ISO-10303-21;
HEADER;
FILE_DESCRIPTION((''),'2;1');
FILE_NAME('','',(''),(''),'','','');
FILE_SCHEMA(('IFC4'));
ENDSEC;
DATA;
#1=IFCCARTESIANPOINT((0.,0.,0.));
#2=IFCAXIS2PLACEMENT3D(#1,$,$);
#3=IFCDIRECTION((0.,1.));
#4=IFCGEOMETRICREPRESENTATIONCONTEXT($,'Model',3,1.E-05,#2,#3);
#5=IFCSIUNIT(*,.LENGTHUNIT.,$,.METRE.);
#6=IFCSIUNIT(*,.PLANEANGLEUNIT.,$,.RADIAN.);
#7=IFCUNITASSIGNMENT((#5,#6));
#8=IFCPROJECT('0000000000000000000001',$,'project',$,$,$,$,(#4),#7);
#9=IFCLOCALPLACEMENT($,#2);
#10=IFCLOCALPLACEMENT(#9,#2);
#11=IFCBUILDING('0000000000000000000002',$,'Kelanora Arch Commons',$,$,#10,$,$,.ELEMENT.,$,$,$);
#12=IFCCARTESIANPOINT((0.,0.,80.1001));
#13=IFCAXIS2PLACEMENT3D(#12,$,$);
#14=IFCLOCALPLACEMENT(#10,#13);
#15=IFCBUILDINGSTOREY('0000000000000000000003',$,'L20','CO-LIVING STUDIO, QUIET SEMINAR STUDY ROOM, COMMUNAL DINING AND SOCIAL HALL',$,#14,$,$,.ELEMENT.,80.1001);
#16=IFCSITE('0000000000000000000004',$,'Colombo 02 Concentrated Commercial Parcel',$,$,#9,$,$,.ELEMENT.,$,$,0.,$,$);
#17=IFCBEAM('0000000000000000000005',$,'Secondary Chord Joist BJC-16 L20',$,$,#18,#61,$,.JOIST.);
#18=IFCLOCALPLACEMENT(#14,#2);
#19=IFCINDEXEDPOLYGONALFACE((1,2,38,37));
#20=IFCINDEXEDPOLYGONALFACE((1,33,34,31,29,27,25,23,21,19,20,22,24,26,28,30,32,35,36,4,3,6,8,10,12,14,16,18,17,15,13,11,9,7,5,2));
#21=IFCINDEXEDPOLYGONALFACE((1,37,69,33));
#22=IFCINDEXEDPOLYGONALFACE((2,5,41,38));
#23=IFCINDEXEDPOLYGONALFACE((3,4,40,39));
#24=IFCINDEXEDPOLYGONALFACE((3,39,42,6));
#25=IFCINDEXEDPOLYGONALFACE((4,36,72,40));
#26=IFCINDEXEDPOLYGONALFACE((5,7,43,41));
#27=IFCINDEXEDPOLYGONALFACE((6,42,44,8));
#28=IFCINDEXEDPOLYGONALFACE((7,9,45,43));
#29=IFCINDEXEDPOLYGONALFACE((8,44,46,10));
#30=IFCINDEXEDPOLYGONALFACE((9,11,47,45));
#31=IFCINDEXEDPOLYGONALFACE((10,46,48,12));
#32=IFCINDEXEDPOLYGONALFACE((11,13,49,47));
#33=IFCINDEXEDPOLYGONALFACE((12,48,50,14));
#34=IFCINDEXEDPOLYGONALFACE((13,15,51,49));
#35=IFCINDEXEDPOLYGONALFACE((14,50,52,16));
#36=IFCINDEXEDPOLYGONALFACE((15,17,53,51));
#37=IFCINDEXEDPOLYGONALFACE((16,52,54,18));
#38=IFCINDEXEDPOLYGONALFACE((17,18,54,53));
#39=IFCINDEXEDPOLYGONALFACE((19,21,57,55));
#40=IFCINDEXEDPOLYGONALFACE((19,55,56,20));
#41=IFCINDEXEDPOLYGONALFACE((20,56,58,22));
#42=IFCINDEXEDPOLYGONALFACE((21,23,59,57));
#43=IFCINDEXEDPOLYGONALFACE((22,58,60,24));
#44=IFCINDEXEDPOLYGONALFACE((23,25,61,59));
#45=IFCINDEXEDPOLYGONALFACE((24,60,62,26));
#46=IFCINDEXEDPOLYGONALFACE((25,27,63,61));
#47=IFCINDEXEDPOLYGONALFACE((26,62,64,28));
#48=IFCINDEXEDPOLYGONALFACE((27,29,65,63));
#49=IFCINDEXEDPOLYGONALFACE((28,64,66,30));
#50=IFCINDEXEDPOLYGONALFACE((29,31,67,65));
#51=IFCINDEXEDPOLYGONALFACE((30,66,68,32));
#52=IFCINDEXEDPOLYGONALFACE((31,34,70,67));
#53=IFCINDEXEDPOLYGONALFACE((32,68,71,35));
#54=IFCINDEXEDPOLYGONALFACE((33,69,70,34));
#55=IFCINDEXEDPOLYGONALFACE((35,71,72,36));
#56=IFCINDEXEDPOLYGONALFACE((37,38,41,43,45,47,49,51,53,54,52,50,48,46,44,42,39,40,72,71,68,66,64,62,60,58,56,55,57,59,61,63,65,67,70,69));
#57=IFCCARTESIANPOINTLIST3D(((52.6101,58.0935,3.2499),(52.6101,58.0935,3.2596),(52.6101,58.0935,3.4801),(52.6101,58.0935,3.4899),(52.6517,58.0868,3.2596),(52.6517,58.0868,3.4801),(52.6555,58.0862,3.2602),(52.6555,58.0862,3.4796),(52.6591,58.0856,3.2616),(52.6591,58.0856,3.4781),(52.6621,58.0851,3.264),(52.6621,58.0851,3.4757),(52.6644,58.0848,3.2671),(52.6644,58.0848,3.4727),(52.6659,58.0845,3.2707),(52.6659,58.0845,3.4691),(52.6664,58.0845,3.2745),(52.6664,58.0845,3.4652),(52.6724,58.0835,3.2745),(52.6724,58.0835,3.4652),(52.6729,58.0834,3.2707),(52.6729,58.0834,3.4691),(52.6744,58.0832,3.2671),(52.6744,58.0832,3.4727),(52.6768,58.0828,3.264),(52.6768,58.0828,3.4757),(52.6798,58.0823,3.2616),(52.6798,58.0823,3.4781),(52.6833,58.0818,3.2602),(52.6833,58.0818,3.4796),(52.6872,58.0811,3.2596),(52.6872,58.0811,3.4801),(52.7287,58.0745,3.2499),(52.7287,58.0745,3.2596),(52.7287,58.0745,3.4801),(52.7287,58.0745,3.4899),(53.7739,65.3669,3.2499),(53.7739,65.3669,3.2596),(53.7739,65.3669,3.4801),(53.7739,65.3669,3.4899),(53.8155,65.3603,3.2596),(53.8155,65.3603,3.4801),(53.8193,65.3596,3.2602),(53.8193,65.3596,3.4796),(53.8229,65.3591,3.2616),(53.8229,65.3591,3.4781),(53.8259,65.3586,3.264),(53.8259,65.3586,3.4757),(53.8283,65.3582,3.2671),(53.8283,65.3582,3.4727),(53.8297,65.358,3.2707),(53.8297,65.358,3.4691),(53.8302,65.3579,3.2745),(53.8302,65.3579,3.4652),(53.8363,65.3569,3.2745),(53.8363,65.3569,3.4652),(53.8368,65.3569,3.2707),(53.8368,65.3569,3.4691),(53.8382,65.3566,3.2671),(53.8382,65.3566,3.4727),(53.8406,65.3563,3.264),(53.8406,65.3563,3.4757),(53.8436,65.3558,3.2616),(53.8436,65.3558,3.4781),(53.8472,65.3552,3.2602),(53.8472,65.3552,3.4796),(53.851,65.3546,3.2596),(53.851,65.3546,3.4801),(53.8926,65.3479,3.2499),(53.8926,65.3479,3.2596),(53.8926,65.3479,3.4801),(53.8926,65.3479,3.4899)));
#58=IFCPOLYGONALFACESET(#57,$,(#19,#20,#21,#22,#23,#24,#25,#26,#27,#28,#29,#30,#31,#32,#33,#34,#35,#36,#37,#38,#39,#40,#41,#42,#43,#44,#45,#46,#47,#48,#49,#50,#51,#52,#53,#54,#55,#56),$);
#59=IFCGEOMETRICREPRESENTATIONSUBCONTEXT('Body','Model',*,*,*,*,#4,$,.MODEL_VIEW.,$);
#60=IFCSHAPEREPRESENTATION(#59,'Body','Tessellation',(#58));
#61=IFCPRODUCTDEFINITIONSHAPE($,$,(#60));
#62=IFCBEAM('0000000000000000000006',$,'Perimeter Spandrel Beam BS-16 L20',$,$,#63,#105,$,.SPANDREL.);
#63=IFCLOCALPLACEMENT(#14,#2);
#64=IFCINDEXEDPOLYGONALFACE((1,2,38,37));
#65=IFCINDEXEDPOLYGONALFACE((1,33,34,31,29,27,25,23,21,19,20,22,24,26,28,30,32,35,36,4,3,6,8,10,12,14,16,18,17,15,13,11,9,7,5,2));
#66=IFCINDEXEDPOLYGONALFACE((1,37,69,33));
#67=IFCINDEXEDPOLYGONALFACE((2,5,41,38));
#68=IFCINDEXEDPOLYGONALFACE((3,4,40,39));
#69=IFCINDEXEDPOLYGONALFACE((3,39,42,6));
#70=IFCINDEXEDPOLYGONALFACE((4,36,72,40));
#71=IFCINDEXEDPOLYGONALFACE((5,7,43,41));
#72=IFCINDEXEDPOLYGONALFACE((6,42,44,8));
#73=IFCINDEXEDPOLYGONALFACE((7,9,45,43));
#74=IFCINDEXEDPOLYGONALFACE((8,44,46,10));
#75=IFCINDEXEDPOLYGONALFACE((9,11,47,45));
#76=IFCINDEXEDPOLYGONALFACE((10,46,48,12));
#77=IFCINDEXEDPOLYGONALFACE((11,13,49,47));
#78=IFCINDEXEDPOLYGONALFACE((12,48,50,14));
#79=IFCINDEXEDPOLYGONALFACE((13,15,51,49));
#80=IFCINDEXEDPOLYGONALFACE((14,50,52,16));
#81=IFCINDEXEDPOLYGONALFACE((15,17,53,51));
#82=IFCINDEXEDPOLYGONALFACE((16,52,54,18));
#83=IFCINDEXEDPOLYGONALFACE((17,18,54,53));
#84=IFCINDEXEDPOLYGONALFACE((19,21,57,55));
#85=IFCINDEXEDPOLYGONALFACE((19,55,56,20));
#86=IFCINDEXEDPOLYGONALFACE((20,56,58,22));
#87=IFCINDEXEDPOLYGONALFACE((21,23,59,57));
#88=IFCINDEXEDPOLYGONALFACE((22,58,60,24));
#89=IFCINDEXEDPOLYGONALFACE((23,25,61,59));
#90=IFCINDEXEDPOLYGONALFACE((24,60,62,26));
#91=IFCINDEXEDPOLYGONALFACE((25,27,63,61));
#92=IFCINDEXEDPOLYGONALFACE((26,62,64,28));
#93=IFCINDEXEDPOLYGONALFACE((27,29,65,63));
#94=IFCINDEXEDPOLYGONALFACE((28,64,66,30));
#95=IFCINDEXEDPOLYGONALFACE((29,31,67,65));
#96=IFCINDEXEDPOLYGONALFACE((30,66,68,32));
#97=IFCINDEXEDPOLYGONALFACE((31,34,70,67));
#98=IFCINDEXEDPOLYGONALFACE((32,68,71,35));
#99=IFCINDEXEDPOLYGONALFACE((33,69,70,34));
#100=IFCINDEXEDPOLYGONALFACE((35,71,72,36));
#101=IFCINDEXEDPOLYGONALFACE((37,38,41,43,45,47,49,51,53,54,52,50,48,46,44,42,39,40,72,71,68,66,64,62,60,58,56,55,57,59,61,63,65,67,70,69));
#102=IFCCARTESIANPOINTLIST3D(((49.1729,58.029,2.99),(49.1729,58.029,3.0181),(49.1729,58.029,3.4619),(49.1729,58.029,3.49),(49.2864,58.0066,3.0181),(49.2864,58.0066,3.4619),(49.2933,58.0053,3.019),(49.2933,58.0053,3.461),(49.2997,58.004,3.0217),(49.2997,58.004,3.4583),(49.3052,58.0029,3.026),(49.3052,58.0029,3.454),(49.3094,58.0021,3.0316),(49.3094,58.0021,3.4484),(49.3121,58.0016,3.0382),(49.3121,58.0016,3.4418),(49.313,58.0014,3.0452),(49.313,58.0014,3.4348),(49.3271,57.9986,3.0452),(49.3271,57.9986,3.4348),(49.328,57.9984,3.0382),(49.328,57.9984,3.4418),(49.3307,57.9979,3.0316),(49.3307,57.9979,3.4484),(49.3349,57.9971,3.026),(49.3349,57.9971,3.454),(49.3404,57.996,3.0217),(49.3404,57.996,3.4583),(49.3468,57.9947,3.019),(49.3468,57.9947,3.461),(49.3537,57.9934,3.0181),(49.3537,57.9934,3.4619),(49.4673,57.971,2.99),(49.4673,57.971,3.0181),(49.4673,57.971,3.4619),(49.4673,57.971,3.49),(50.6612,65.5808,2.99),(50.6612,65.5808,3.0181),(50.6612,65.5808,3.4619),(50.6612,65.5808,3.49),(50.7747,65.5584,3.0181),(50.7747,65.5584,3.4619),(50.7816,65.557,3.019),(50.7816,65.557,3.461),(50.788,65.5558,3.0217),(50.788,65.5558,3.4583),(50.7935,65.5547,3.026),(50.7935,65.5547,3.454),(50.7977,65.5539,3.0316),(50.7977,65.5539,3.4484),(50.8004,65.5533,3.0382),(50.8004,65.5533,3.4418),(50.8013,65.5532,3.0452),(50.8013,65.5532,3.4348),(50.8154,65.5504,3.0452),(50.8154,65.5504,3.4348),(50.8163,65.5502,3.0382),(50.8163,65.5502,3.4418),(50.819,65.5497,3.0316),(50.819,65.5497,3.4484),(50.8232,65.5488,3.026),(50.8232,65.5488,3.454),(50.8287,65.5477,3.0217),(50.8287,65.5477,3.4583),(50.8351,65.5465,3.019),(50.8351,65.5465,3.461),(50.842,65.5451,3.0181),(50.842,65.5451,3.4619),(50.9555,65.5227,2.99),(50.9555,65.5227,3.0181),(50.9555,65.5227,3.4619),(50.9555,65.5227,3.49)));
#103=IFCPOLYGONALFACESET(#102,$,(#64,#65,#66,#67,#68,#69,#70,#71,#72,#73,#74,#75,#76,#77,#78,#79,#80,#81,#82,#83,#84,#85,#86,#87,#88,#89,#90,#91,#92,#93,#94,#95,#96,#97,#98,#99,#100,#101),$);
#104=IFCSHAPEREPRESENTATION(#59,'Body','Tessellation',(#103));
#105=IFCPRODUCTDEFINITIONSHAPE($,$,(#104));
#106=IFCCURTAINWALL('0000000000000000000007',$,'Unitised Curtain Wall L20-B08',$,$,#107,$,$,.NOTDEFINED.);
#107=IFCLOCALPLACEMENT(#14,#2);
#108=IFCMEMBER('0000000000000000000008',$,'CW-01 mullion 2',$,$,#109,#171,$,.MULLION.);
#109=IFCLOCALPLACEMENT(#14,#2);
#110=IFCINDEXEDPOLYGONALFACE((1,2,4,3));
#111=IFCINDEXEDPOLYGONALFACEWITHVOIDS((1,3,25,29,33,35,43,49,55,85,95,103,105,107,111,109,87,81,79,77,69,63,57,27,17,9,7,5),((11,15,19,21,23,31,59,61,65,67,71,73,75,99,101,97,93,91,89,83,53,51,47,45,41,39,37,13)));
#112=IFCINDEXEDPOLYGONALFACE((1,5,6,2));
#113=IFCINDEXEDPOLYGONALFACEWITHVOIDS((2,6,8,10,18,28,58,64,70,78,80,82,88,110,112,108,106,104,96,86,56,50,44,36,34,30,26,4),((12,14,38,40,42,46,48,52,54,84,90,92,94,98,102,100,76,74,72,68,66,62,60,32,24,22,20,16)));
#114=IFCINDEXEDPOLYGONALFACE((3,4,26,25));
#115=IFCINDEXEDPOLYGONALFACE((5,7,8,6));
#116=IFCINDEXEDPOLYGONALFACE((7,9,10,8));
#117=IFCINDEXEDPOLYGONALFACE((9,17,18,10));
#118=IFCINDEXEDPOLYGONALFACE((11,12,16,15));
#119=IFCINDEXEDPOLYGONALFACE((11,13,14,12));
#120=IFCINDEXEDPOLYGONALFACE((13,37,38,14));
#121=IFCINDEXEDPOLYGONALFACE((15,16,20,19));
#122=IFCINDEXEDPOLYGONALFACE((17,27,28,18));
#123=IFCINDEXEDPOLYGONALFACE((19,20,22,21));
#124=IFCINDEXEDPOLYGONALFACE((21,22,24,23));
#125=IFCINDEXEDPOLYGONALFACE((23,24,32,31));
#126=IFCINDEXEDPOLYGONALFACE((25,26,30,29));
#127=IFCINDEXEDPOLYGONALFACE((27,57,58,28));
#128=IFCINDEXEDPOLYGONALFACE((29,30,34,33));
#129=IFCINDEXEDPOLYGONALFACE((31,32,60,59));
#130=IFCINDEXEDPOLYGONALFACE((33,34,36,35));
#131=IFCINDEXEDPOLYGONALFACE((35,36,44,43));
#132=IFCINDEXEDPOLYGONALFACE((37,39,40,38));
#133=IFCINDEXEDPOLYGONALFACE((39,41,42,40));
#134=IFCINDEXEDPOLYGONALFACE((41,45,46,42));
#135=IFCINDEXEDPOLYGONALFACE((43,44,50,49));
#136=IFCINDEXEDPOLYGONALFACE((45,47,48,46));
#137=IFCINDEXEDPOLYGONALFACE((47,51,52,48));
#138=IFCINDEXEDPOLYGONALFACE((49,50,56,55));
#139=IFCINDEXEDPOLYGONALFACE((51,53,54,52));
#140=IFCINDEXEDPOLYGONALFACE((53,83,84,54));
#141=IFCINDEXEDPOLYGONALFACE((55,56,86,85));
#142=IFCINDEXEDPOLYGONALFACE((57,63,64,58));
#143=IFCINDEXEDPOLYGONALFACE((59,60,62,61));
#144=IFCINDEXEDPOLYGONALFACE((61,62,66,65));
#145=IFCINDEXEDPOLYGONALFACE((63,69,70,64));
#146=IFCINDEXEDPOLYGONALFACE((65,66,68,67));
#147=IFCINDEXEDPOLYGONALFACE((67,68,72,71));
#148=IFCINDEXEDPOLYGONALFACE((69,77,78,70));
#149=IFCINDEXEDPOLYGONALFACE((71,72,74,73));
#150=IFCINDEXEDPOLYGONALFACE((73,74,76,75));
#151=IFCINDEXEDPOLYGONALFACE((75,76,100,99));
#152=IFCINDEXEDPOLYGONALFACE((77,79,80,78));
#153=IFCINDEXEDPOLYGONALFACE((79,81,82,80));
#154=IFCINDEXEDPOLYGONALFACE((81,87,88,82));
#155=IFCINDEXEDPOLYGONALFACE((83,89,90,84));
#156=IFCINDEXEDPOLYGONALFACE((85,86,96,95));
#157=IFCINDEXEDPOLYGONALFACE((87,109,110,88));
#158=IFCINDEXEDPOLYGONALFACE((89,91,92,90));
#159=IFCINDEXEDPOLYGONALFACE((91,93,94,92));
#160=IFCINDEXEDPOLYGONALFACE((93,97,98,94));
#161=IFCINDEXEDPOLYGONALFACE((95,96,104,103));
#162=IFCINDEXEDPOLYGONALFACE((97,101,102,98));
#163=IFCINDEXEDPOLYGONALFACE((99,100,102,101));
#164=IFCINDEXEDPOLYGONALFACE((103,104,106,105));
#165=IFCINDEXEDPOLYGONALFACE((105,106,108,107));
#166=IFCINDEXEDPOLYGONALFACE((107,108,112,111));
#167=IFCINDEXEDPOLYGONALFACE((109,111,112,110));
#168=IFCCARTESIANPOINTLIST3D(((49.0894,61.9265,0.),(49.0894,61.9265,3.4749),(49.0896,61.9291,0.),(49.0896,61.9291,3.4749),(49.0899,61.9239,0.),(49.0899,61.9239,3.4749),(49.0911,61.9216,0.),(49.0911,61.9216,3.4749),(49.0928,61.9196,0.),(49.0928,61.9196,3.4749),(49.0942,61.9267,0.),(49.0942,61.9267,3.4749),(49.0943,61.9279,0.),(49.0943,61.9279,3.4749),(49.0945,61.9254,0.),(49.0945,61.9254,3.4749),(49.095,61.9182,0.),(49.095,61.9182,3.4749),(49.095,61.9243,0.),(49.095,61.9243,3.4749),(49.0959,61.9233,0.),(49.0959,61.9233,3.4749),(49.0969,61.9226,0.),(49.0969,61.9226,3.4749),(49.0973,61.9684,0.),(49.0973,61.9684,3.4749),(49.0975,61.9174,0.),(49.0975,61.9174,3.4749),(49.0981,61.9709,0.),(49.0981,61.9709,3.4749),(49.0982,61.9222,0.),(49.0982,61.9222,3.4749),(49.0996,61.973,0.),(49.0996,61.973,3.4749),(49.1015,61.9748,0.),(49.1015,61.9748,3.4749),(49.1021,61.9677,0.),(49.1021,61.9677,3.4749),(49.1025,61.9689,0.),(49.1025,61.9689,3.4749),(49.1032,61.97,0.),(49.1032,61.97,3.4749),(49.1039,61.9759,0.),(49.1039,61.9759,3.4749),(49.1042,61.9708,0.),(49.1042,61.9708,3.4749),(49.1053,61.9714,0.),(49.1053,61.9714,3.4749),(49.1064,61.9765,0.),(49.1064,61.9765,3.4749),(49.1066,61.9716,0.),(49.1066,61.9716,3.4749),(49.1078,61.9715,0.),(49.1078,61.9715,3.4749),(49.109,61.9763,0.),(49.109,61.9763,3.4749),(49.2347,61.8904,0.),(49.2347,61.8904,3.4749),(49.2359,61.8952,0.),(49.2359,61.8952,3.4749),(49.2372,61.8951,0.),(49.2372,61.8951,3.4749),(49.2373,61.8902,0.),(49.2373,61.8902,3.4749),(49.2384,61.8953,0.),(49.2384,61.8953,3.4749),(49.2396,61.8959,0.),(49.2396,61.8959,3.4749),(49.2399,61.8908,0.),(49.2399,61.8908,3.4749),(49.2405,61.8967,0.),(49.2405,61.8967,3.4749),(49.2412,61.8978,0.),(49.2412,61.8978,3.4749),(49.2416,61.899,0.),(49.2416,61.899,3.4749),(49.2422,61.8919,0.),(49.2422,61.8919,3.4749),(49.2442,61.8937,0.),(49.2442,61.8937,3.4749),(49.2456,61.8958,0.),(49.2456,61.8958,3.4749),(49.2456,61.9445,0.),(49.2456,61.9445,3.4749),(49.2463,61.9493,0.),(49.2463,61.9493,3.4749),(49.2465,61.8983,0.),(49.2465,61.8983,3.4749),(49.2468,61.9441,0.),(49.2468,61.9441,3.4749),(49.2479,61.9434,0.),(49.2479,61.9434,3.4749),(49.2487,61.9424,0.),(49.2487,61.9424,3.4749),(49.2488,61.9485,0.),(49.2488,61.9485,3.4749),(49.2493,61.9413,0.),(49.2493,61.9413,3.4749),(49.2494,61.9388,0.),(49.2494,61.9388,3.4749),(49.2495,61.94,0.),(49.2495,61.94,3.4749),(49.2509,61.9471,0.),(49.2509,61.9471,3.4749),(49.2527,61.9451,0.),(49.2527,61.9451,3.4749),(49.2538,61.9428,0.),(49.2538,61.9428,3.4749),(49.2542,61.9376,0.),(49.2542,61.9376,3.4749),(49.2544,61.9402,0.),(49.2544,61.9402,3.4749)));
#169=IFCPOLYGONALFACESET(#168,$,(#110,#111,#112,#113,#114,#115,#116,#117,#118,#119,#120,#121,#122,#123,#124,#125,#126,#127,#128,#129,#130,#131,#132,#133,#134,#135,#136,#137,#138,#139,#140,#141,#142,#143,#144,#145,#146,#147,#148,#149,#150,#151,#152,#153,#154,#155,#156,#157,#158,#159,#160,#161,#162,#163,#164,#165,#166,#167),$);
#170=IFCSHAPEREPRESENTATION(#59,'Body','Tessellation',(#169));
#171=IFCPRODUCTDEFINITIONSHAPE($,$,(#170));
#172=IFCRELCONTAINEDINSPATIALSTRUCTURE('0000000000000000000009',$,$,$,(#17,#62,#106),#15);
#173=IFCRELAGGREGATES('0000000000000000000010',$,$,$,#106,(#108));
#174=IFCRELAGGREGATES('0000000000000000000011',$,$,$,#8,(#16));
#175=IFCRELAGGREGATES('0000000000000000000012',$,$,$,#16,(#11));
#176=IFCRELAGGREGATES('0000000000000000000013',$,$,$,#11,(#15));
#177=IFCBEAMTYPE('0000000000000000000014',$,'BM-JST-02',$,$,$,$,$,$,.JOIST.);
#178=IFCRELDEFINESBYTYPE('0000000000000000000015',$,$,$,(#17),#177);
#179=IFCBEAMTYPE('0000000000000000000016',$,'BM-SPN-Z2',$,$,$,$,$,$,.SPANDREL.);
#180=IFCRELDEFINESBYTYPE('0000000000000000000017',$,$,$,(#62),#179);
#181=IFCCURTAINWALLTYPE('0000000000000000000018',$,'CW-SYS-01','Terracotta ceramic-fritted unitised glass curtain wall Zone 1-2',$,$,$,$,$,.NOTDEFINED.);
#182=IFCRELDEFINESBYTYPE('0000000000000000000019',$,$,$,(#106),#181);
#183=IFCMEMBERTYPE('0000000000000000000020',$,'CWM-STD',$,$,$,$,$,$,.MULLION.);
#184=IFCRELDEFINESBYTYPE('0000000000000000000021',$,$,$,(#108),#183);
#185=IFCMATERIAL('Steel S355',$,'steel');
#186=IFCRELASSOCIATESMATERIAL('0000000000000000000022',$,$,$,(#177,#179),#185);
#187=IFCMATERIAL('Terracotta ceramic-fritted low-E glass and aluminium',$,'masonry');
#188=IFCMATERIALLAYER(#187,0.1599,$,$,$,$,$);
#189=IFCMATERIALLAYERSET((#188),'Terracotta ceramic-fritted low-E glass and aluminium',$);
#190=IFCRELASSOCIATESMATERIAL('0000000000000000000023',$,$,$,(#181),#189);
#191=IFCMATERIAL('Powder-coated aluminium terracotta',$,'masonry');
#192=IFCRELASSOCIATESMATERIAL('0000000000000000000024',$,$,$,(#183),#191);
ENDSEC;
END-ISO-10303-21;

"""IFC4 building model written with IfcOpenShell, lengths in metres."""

from ifc_helpers import new_model, si_unit, direction, frame, origin, origin_2d, place, context, subcontext, project, spatial, hollow_rectangle, i_section, extrude, material, layer, layer_set, material_profile, profile_set, type_object, element, aggregate, save


model = new_model("IFC4")

# Units and contexts
model_context = context("Model", 3, precision=1e-05, world=origin(), true_north=direction((0.0, 1.0)))
body_context = subcontext(model_context, "Body", "Model", "MODEL_VIEW")
ifc_project = project(units=[si_unit("LENGTHUNIT", "METRE"), si_unit("PLANEANGLEUNIT", "RADIAN")], contexts=[model_context])

# Site, building, storey
site_placement = place(None, origin())
site = spatial("IfcSite", under=ifc_project, at=site_placement, Name="Colombo 02 Concentrated Commercial Parcel", CompositionType="ELEMENT", RefElevation=0.0)
building_placement = place(site_placement, origin())
building = spatial("IfcBuilding", under=site, at=building_placement, Name="Kelanora Arch Commons", CompositionType="ELEMENT")
storey_placement = place(building_placement, frame((0.0, 0.0, 80.1001)))
storey = spatial("IfcBuildingStorey", under=building, at=storey_placement, Name="L20", Description="CO-LIVING STUDIO, QUIET SEMINAR STUDY ROOM, COMMUNAL DINING AND SOCIAL HALL", CompositionType="ELEMENT", Elevation=80.1001)

# Beams
ifc_material_1 = material(Name="Steel S355", Category="steel")
ifc_material_profile_1 = material_profile(ifc_material_1, i_section(OverallWidth=0.1201, OverallDepth=0.24, WebThickness=0.0061, FlangeThickness=0.0098, FilletRadius=0.0149, at=origin_2d()), Name="IPE240")
ifc_profile_set_1 = profile_set([ifc_material_profile_1], Name="Steel S355")
beam_type_1 = type_object("IfcBeamType", Name="BM-JST-02", PredefinedType="JOIST", material=ifc_profile_set_1)
beam_1_placement = place(storey_placement, frame((53.8333, 65.3574, 3.3699), z_axis=(-0.158, -0.987439, 0.0), x_axis=(0.987439, -0.158, 0.0)))
element("IfcBeam", 1, at=beam_1_placement, inside=storey, type_object=beam_type_1, Name="Secondary Chord Joist BJC-16 L20", PredefinedType="JOIST", context=body_context, shape_type="SweptSolid", body=[
    extrude(i_section(OverallWidth=0.1201, OverallDepth=0.24, WebThickness=0.0061, FlangeThickness=0.0098, FilletRadius=0.0149, at=origin_2d()), origin(), (0.0, 0.0, 1.0), 7.366),
])
ifc_material_profile_2 = material_profile(ifc_material_1, i_section(OverallWidth=0.3, OverallDepth=0.5, WebThickness=0.0144, FlangeThickness=0.0281, FilletRadius=0.0271, at=origin_2d()), Name="HEB500")
ifc_profile_set_2 = profile_set([ifc_material_profile_2], Name="Steel S355")
beam_type_2 = type_object("IfcBeamType", Name="BM-SPN-Z2", PredefinedType="SPANDREL", material=ifc_profile_set_2)
beam_2_placement = place(storey_placement, frame((50.8083, 65.5518, 3.24), z_axis=(-0.193358, -0.981128, 0.0), x_axis=(0.981128, -0.193358, 0.0)))
element("IfcBeam", 2, at=beam_2_placement, inside=storey, type_object=beam_type_2, Name="Perimeter Spandrel Beam BS-16 L20", PredefinedType="SPANDREL", context=body_context, shape_type="SweptSolid", body=[
    extrude(i_section(OverallWidth=0.3, OverallDepth=0.5, WebThickness=0.0144, FlangeThickness=0.0281, FilletRadius=0.0271, at=origin_2d()), origin(), (0.0, 0.0, 1.0), 7.697),
])

# Curtain wall, member
ifc_material_2 = material(Name="Terracotta ceramic-fritted low-E glass and aluminium", Category="masonry")
ifc_layer_1 = layer(ifc_material_2, 0.1599)
ifc_layer_set_1 = layer_set([ifc_layer_1], Name="Terracotta ceramic-fritted low-E glass and aluminium")
curtain_wall_type = type_object("IfcCurtainWallType", Name="CW-SYS-01", Description="Terracotta ceramic-fritted unitised glass curtain wall Zone 1-2", PredefinedType="NOTDEFINED", material=ifc_layer_set_1)
curtain_wall_placement = place(storey_placement, origin())
curtain_wall = element("IfcCurtainWall", 3, at=curtain_wall_placement, inside=storey, type_object=curtain_wall_type, Name="Unitised Curtain Wall L20-B08", PredefinedType="NOTDEFINED")
ifc_material_3 = material(Name="Powder-coated aluminium terracotta", Category="masonry")
ifc_material_profile_3 = material_profile(ifc_material_3, hollow_rectangle(XDim=0.1599, YDim=0.0601, WallThickness=0.0049, InnerFilletRadius=0.0049, OuterFilletRadius=0.01, at=origin_2d()), Name="CWM160x60")
ifc_profile_set_3 = profile_set([ifc_material_profile_3], Name="Powder-coated aluminium terracotta")
member_type_1 = type_object("IfcMemberType", Name="CWM-STD", PredefinedType="MULLION", material=ifc_profile_set_3)
member_1_placement = place(storey_placement, frame((49.1719, 61.9333, 0.0), z_axis=(0.0, 0.0, 1.0), x_axis=(0.98128, -0.192585, 0.0)))
member_1 = element("IfcMember", 4, at=member_1_placement, type_object=member_type_1, Name="CW-01 mullion 2", PredefinedType="MULLION", context=body_context, shape_type="SweptSolid", body=[
    extrude(hollow_rectangle(XDim=0.1599, YDim=0.0601, WallThickness=0.0049, InnerFilletRadius=0.0049, OuterFilletRadius=0.01, at=origin_2d()), origin(), (0.0, 0.0, 1.0), 3.4749),
])
aggregate(curtain_wall, [member_1])

save(model, "model.ifc")
